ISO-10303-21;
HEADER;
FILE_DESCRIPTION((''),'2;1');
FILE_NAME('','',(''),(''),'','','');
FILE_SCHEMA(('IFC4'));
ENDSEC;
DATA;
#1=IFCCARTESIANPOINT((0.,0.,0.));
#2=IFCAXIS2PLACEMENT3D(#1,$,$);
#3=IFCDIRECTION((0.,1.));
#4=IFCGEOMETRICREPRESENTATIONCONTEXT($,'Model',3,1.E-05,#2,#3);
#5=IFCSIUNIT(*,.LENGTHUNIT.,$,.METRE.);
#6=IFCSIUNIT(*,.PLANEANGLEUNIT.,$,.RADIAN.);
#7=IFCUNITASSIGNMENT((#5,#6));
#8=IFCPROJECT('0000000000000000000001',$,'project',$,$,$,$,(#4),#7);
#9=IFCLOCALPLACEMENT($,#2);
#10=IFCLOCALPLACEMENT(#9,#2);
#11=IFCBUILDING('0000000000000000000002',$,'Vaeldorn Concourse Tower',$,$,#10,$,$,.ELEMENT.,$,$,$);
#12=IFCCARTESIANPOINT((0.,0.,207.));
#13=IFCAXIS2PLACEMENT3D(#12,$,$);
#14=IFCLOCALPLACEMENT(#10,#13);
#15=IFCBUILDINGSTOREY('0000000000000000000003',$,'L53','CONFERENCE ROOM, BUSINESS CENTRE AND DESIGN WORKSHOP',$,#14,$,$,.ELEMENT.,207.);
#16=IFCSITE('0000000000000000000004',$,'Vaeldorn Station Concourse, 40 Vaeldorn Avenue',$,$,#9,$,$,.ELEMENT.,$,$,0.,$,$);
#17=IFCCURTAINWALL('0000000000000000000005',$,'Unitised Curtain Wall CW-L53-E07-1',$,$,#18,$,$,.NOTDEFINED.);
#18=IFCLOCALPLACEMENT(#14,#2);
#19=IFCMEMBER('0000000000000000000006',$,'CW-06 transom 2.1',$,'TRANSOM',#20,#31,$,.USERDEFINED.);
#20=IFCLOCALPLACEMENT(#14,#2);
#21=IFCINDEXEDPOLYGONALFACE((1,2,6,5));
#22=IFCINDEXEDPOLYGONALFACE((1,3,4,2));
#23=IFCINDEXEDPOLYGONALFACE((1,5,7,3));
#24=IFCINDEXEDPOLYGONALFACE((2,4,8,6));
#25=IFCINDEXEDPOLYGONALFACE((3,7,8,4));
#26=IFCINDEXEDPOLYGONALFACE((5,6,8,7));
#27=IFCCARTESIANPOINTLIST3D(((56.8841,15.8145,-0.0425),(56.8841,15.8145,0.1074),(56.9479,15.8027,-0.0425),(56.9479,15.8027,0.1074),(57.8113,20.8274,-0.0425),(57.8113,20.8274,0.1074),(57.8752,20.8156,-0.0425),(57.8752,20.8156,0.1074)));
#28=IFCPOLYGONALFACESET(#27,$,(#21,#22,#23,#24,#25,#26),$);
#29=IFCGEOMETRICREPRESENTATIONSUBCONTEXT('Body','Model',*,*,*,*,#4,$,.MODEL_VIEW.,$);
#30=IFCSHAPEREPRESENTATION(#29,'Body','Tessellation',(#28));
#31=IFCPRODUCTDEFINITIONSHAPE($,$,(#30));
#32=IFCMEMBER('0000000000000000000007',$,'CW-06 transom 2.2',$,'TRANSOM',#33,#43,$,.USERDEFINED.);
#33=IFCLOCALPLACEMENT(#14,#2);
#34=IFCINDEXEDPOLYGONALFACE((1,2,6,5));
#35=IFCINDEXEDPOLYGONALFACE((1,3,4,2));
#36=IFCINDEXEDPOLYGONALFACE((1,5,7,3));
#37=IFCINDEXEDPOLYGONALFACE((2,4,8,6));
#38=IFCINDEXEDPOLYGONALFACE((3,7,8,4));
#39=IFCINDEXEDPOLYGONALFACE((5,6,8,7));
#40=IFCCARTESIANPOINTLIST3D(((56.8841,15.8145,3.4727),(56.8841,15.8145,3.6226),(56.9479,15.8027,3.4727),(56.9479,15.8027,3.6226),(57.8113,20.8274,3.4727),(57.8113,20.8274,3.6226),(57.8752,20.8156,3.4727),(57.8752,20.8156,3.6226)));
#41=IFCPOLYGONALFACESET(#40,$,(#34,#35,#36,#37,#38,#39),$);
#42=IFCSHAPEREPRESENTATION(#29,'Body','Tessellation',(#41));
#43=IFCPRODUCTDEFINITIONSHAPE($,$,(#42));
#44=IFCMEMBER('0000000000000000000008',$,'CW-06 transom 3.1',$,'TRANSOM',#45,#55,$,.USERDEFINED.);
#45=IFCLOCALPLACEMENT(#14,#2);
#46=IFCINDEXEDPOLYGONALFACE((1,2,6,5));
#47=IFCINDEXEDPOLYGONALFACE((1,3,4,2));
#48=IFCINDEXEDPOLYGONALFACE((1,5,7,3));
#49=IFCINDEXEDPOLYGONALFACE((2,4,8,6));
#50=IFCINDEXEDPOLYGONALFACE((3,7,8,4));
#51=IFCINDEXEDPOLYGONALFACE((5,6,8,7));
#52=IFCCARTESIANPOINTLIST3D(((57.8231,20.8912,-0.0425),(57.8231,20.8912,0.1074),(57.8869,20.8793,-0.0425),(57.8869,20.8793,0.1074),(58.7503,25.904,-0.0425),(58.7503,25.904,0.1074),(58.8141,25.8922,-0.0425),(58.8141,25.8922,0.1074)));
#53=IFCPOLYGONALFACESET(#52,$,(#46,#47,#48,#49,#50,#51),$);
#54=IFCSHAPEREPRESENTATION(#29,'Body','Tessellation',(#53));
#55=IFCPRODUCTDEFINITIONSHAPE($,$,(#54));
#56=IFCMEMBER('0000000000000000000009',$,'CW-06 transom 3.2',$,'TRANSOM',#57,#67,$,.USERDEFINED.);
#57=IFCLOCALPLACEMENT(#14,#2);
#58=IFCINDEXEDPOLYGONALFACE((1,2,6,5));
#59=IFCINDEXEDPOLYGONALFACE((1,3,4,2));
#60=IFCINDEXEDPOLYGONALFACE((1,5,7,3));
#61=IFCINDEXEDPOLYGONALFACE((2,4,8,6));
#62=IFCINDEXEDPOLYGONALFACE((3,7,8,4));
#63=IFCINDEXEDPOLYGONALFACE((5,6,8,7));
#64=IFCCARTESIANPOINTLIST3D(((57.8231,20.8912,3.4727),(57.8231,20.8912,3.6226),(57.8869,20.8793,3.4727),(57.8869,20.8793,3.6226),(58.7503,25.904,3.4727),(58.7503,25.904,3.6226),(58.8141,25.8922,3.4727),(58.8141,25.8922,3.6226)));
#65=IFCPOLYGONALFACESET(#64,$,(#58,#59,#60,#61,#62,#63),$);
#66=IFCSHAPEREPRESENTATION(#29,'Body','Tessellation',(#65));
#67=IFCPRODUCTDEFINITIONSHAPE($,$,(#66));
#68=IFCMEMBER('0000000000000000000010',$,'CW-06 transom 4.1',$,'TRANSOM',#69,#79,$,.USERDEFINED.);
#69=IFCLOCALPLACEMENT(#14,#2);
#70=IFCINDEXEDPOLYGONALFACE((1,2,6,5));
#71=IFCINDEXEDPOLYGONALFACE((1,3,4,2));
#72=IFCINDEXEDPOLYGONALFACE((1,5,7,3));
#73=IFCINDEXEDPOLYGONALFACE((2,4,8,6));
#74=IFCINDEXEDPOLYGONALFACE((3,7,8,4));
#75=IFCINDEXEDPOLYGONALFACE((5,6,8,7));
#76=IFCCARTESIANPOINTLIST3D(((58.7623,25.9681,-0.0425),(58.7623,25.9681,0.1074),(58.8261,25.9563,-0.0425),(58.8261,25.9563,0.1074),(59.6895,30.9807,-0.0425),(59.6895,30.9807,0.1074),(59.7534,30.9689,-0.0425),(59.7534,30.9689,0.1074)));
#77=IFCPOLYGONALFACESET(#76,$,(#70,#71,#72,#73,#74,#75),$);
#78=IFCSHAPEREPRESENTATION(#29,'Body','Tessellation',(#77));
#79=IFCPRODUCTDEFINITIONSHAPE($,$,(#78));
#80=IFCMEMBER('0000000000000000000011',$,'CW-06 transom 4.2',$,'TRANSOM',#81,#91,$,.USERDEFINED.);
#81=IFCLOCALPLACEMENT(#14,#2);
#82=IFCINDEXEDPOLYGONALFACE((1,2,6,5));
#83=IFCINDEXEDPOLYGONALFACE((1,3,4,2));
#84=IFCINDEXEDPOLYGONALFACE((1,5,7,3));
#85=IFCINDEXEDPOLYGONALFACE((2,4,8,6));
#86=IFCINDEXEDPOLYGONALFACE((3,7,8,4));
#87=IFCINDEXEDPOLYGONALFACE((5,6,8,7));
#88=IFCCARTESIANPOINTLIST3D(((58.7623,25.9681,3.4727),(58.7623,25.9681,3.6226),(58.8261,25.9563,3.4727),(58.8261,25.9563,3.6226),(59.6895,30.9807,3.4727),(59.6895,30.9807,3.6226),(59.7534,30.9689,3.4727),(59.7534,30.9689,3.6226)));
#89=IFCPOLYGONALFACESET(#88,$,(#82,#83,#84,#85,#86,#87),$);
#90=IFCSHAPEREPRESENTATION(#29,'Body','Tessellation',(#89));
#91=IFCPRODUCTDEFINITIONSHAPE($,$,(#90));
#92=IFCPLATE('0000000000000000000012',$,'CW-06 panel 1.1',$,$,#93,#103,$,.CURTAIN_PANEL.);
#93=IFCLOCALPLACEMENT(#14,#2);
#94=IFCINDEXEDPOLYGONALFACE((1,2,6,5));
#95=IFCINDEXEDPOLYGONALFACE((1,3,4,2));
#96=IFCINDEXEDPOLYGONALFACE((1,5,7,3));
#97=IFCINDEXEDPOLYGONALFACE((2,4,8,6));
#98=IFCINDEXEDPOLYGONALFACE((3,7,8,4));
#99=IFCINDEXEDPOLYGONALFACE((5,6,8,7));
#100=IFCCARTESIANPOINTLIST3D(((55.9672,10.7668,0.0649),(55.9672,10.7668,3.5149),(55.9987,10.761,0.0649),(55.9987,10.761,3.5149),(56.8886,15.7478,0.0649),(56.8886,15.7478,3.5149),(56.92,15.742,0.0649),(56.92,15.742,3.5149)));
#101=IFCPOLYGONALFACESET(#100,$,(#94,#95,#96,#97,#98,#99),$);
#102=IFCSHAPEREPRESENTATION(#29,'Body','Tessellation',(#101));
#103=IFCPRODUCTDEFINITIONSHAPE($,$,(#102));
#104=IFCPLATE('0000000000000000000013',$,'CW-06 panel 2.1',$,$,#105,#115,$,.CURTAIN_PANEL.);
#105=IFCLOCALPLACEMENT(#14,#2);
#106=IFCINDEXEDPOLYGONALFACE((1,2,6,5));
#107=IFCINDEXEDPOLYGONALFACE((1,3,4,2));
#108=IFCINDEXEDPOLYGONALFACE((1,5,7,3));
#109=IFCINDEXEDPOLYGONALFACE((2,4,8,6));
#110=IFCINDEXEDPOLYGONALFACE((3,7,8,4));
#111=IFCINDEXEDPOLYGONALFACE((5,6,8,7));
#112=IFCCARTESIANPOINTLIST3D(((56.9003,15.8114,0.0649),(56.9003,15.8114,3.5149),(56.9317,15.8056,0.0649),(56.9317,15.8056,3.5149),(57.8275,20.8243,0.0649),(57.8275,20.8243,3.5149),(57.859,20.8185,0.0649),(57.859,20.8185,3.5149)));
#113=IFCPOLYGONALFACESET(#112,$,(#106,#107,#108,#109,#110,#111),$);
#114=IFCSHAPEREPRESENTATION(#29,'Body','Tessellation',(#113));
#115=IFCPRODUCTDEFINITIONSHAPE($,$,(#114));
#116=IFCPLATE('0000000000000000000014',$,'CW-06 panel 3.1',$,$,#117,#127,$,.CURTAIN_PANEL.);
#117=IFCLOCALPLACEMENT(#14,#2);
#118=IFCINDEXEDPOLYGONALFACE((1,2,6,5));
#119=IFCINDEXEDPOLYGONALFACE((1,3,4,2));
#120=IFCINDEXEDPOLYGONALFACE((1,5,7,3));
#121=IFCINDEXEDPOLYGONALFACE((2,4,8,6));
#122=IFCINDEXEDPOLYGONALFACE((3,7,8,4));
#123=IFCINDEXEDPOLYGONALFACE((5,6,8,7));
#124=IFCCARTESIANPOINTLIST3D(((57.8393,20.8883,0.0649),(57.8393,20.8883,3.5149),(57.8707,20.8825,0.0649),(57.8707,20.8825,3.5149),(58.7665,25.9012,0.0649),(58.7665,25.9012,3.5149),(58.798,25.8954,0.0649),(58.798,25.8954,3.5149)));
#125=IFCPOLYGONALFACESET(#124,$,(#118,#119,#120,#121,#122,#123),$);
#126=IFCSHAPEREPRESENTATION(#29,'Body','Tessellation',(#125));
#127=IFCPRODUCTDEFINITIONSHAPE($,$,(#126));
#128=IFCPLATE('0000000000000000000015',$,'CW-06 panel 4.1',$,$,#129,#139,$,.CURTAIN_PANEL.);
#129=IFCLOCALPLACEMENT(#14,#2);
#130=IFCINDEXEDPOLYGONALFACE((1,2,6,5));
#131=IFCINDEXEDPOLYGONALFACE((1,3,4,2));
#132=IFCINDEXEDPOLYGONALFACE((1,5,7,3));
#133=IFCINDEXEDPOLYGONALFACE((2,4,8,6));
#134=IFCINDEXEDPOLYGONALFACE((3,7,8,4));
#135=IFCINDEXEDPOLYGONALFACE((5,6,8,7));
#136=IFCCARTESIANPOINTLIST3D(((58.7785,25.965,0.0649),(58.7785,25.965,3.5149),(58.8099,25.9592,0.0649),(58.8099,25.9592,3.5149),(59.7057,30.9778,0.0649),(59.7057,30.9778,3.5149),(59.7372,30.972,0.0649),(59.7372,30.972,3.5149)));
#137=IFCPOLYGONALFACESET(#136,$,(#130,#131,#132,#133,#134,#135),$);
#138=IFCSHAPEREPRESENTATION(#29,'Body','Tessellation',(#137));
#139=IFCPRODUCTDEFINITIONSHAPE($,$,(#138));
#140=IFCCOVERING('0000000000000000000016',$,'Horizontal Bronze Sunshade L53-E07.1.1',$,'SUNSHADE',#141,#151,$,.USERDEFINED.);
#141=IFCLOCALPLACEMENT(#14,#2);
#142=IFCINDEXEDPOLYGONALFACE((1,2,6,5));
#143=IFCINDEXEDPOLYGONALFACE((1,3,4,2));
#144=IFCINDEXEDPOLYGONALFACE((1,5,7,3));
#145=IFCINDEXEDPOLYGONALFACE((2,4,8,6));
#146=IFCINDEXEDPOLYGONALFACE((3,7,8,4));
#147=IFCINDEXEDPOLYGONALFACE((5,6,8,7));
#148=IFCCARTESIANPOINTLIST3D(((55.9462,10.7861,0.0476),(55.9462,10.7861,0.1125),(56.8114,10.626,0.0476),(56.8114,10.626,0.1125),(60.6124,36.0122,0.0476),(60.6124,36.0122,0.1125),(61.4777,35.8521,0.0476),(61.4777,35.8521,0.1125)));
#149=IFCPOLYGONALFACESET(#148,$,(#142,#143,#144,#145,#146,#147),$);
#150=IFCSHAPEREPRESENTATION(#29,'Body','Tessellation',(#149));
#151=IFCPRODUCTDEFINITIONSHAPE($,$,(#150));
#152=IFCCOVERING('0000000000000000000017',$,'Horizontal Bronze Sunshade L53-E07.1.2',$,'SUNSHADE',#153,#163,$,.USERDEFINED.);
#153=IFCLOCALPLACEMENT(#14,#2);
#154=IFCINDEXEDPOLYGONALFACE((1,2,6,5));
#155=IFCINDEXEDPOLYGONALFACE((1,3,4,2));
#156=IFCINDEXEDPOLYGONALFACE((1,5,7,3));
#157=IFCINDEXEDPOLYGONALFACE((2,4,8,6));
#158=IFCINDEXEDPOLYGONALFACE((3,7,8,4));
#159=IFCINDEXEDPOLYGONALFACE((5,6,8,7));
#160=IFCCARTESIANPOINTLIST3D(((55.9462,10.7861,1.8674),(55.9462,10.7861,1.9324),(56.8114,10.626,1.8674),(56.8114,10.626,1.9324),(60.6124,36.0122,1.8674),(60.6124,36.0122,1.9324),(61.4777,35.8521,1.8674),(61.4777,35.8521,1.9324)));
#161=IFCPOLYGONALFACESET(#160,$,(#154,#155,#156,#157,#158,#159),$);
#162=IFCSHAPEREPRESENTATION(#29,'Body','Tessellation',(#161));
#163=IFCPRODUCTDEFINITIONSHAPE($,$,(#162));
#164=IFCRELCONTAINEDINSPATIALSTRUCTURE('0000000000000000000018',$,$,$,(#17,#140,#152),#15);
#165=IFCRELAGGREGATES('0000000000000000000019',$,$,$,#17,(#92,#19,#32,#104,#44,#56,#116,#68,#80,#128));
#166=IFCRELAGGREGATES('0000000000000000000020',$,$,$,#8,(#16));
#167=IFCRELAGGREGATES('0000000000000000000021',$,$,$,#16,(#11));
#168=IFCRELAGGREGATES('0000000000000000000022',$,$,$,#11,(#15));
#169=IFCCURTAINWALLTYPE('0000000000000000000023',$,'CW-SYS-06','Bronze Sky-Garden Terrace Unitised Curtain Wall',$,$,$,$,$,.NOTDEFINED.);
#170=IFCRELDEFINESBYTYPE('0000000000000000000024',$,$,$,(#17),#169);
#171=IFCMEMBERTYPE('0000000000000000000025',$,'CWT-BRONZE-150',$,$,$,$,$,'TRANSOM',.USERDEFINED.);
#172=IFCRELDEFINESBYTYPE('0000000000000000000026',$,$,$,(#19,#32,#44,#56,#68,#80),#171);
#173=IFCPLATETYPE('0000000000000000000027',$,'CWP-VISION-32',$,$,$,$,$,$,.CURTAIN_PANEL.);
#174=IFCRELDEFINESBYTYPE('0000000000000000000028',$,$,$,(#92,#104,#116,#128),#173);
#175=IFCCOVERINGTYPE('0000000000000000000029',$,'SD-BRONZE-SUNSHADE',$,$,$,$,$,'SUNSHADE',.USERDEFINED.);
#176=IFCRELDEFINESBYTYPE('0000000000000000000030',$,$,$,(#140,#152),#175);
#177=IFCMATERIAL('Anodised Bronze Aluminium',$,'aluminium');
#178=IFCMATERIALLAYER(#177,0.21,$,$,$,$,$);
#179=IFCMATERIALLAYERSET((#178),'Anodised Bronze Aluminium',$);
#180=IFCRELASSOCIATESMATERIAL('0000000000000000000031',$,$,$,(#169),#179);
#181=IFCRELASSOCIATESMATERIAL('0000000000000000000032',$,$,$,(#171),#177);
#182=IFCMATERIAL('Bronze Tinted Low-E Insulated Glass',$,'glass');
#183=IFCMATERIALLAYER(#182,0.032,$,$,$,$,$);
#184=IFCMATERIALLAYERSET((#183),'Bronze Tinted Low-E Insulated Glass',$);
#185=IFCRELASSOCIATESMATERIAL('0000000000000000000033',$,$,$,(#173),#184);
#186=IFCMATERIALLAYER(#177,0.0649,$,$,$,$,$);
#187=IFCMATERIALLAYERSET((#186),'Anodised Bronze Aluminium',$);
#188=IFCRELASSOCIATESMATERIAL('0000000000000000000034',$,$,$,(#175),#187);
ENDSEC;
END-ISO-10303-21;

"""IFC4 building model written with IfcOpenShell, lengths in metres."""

from ifc_helpers import new_model, si_unit, direction, frame, origin, origin_2d, place, context, subcontext, project, spatial, rectangle, extrude, source, transform, mapped, material, layer, layer_set, material_profile, profile_set, type_object, element, aggregate, save


model = new_model("IFC4")

# Units and contexts
model_context = context("Model", 3, precision=1e-05, world=origin(), true_north=direction((0.0, 1.0)))
body_context = subcontext(model_context, "Body", "Model", "MODEL_VIEW")
ifc_project = project(units=[si_unit("LENGTHUNIT", "METRE"), si_unit("PLANEANGLEUNIT", "RADIAN")], contexts=[model_context])

# Site, building, storey
site_placement = place(None, origin())
site = spatial("IfcSite", under=ifc_project, at=site_placement, Name="Vaeldorn Station Concourse, 40 Vaeldorn Avenue", CompositionType="ELEMENT", RefElevation=0.0)
building_placement = place(site_placement, origin())
building = spatial("IfcBuilding", under=site, at=building_placement, Name="Vaeldorn Concourse Tower", CompositionType="ELEMENT")
storey_placement = place(building_placement, frame((0.0, 0.0, 207.0)))
storey = spatial("IfcBuildingStorey", under=building, at=storey_placement, Name="L53", Description="CONFERENCE ROOM, BUSINESS CENTRE AND DESIGN WORKSHOP", CompositionType="ELEMENT", Elevation=207.0)

# Curtain wall, members, plates
ifc_material_1 = material(Name="Anodised Bronze Aluminium", Category="aluminium")
ifc_layer_1 = layer(ifc_material_1, 0.21)
ifc_layer_set_1 = layer_set([ifc_layer_1], Name="Anodised Bronze Aluminium")
curtain_wall_type = type_object("IfcCurtainWallType", Name="CW-SYS-06", Description="Bronze Sky-Garden Terrace Unitised Curtain Wall", PredefinedType="NOTDEFINED", material=ifc_layer_set_1)
curtain_wall_placement = place(storey_placement, origin())
curtain_wall = element("IfcCurtainWall", 1, at=curtain_wall_placement, inside=storey, type_object=curtain_wall_type, Name="Unitised Curtain Wall CW-L53-E07-1", PredefinedType="NOTDEFINED")
ifc_material_profile_1 = material_profile(ifc_material_1, rectangle(XDim=0.0649, YDim=0.1499, at=origin_2d()), Name="CWT 65x150")
ifc_profile_set_1 = profile_set([ifc_material_profile_1], Name="Anodised Bronze Aluminium")
member_type_1 = type_object("IfcMemberType", Name="CWT-BRONZE-150", ElementType="TRANSOM", PredefinedType="USERDEFINED", material=ifc_profile_set_1)
shared_shape_1 = source(origin(), body_context, "Body", "SweptSolid", [
    extrude(rectangle(XDim=0.0649, YDim=0.1499, at=origin_2d()), origin(), (0.0, 0.0, 1.0), 5.0979),
])
member_1_placement = place(storey_placement, frame((56.916, 15.8086, 0.0325), z_axis=(0.181885, 0.98332, 0.0), x_axis=(-0.98332, 0.181885, 0.0)))
member_1 = element("IfcMember", 2, at=member_1_placement, type_object=member_type_1, Name="CW-06 transom 2.1", ObjectType="TRANSOM", PredefinedType="USERDEFINED", context=body_context, shape_type="MappedRepresentation", body=[
    mapped(shared_shape_1, transform((0.0, 0.0, 0.0), scale=1.0)),
])
member_2_placement = place(storey_placement, frame((56.916, 15.8086, 3.5476), z_axis=(0.181885, 0.98332, 0.0), x_axis=(-0.98332, 0.181885, 0.0)))
member_2 = element("IfcMember", 3, at=member_2_placement, type_object=member_type_1, Name="CW-06 transom 2.2", ObjectType="TRANSOM", PredefinedType="USERDEFINED", context=body_context, shape_type="MappedRepresentation", body=[
    mapped(shared_shape_1, transform((0.0, 0.0, 0.0), scale=1.0)),
])
member_3_placement = place(storey_placement, frame((57.855, 20.8853, 0.0325), z_axis=(0.181885, 0.98332, 0.0), x_axis=(-0.98332, 0.181885, 0.0)))
member_3 = element("IfcMember", 4, at=member_3_placement, type_object=member_type_1, Name="CW-06 transom 3.1", ObjectType="TRANSOM", PredefinedType="USERDEFINED", context=body_context, shape_type="MappedRepresentation", body=[
    mapped(shared_shape_1, transform((0.0, 0.0, 0.0), scale=1.0)),
])
member_4_placement = place(storey_placement, frame((57.855, 20.8853, 3.5476), z_axis=(0.181885, 0.98332, 0.0), x_axis=(-0.98332, 0.181885, 0.0)))
member_4 = element("IfcMember", 5, at=member_4_placement, type_object=member_type_1, Name="CW-06 transom 3.2", ObjectType="TRANSOM", PredefinedType="USERDEFINED", context=body_context, shape_type="MappedRepresentation", body=[
    mapped(shared_shape_1, transform((0.0, 0.0, 0.0), scale=1.0)),
])
shared_shape_2 = source(origin(), body_context, "Body", "SweptSolid", [
    extrude(rectangle(XDim=0.0649, YDim=0.1499, at=origin_2d()), origin(), (0.0, 0.0, 1.0), 5.0977),
])
member_5_placement = place(storey_placement, frame((58.7942, 25.9622, 0.0325), z_axis=(0.181894, 0.983318, 0.0), x_axis=(-0.983318, 0.181894, 0.0)))
member_5 = element("IfcMember", 6, at=member_5_placement, type_object=member_type_1, Name="CW-06 transom 4.1", ObjectType="TRANSOM", PredefinedType="USERDEFINED", context=body_context, shape_type="MappedRepresentation", body=[
    mapped(shared_shape_2, transform((0.0, 0.0, 0.0), scale=1.0)),
])
member_6_placement = place(storey_placement, frame((58.7942, 25.9622, 3.5476), z_axis=(0.181894, 0.983318, 0.0), x_axis=(-0.983318, 0.181894, 0.0)))
member_6 = element("IfcMember", 7, at=member_6_placement, type_object=member_type_1, Name="CW-06 transom 4.2", ObjectType="TRANSOM", PredefinedType="USERDEFINED", context=body_context, shape_type="MappedRepresentation", body=[
    mapped(shared_shape_2, transform((0.0, 0.0, 0.0), scale=1.0)),
])
ifc_material_2 = material(Name="Bronze Tinted Low-E Insulated Glass", Category="glass")
ifc_layer_2 = layer(ifc_material_2, 0.032)
ifc_layer_set_2 = layer_set([ifc_layer_2], Name="Bronze Tinted Low-E Insulated Glass")
plate_type = type_object("IfcPlateType", Name="CWP-VISION-32", PredefinedType="CURTAIN_PANEL", material=ifc_layer_set_2)
shared_shape_3 = source(origin(), body_context, "Body", "SweptSolid", [
    extrude(rectangle(XDim=5.0654, YDim=0.032, at=origin_2d()), origin(), (0.0, 0.0, 1.0), 3.45),
])
plate_1_placement = place(storey_placement, frame((56.4436, 13.2544, 0.0649), z_axis=(0.0, 0.0, 1.0), x_axis=(0.181889, 0.983319, 0.0)))
plate_1 = element("IfcPlate", 8, at=plate_1_placement, type_object=plate_type, Name="CW-06 panel 1.1", PredefinedType="CURTAIN_PANEL", context=body_context, shape_type="MappedRepresentation", body=[
    mapped(shared_shape_3, transform((0.0, 0.0, 0.0), scale=1.0)),
])
shared_shape_4 = source(origin(), body_context, "Body", "SweptSolid", [
    extrude(rectangle(XDim=5.0979, YDim=0.032, at=origin_2d()), origin(), (0.0, 0.0, 1.0), 3.45),
])
plate_2_placement = place(storey_placement, frame((57.3796, 18.3149, 0.0649), z_axis=(0.0, 0.0, 1.0), x_axis=(0.181889, 0.983319, 0.0)))
plate_2 = element("IfcPlate", 9, at=plate_2_placement, type_object=plate_type, Name="CW-06 panel 2.1", PredefinedType="CURTAIN_PANEL", context=body_context, shape_type="MappedRepresentation", body=[
    mapped(shared_shape_4, transform((0.0, 0.0, 0.0), scale=1.0)),
])
plate_3_placement = place(storey_placement, frame((58.3186, 23.3918, 0.0649), z_axis=(0.0, 0.0, 1.0), x_axis=(0.181889, 0.983319, 0.0)))
plate_3 = element("IfcPlate", 10, at=plate_3_placement, type_object=plate_type, Name="CW-06 panel 3.1", PredefinedType="CURTAIN_PANEL", context=body_context, shape_type="MappedRepresentation", body=[
    mapped(shared_shape_4, transform((0.0, 0.0, 0.0), scale=1.0)),
])
plate_4_placement = place(storey_placement, frame((59.2578, 28.4685, 0.0649), z_axis=(0.0, 0.0, 1.0), x_axis=(0.181889, 0.983319, 0.0)))
plate_4 = element("IfcPlate", 11, at=plate_4_placement, type_object=plate_type, Name="CW-06 panel 4.1", PredefinedType="CURTAIN_PANEL", context=body_context, shape_type="MappedRepresentation", body=[
    mapped(shared_shape_4, transform((0.0, 0.0, 0.0), scale=1.0)),
])
aggregate(curtain_wall, [plate_1, member_1, member_2, plate_2, member_3, member_4, plate_3, member_5, member_6, plate_4])

# Coverings
ifc_layer_3 = layer(ifc_material_1, 0.0649)
ifc_layer_set_3 = layer_set([ifc_layer_3], Name="Anodised Bronze Aluminium")
covering_type = type_object("IfcCoveringType", Name="SD-BRONZE-SUNSHADE", ElementType="SUNSHADE", PredefinedType="USERDEFINED", material=ifc_layer_set_3)
shared_shape_5 = source(origin(), body_context, "Body", "SweptSolid", [
    extrude(rectangle(XDim=25.6541, YDim=0.8799, at=origin_2d()), origin(), (0.0, 0.0, 1.0), 0.0649),
])
for number, where, z_axis, x_axis, name in (
    (12, (58.7119, 23.3191, 0.0476), (0.0, 0.0, 1.0), (0.181892, 0.983318, 0.0), "Horizontal Bronze Sunshade L53-E07.1.1"),
    (13, (58.7119, 23.3191, 1.8674), (0.0, 0.0, 1.0), (0.181892, 0.983318, 0.0), "Horizontal Bronze Sunshade L53-E07.1.2"),
):
    element("IfcCovering", number, at=place(storey_placement, frame(where, z_axis=z_axis, x_axis=x_axis)), inside=storey, type_object=covering_type, Name=name, ObjectType="SUNSHADE", PredefinedType="USERDEFINED", context=body_context, shape_type="MappedRepresentation", body=[
        mapped(shared_shape_5, transform((0.0, 0.0, 0.0), scale=1.0)),
    ])

save(model, "model.ifc")
